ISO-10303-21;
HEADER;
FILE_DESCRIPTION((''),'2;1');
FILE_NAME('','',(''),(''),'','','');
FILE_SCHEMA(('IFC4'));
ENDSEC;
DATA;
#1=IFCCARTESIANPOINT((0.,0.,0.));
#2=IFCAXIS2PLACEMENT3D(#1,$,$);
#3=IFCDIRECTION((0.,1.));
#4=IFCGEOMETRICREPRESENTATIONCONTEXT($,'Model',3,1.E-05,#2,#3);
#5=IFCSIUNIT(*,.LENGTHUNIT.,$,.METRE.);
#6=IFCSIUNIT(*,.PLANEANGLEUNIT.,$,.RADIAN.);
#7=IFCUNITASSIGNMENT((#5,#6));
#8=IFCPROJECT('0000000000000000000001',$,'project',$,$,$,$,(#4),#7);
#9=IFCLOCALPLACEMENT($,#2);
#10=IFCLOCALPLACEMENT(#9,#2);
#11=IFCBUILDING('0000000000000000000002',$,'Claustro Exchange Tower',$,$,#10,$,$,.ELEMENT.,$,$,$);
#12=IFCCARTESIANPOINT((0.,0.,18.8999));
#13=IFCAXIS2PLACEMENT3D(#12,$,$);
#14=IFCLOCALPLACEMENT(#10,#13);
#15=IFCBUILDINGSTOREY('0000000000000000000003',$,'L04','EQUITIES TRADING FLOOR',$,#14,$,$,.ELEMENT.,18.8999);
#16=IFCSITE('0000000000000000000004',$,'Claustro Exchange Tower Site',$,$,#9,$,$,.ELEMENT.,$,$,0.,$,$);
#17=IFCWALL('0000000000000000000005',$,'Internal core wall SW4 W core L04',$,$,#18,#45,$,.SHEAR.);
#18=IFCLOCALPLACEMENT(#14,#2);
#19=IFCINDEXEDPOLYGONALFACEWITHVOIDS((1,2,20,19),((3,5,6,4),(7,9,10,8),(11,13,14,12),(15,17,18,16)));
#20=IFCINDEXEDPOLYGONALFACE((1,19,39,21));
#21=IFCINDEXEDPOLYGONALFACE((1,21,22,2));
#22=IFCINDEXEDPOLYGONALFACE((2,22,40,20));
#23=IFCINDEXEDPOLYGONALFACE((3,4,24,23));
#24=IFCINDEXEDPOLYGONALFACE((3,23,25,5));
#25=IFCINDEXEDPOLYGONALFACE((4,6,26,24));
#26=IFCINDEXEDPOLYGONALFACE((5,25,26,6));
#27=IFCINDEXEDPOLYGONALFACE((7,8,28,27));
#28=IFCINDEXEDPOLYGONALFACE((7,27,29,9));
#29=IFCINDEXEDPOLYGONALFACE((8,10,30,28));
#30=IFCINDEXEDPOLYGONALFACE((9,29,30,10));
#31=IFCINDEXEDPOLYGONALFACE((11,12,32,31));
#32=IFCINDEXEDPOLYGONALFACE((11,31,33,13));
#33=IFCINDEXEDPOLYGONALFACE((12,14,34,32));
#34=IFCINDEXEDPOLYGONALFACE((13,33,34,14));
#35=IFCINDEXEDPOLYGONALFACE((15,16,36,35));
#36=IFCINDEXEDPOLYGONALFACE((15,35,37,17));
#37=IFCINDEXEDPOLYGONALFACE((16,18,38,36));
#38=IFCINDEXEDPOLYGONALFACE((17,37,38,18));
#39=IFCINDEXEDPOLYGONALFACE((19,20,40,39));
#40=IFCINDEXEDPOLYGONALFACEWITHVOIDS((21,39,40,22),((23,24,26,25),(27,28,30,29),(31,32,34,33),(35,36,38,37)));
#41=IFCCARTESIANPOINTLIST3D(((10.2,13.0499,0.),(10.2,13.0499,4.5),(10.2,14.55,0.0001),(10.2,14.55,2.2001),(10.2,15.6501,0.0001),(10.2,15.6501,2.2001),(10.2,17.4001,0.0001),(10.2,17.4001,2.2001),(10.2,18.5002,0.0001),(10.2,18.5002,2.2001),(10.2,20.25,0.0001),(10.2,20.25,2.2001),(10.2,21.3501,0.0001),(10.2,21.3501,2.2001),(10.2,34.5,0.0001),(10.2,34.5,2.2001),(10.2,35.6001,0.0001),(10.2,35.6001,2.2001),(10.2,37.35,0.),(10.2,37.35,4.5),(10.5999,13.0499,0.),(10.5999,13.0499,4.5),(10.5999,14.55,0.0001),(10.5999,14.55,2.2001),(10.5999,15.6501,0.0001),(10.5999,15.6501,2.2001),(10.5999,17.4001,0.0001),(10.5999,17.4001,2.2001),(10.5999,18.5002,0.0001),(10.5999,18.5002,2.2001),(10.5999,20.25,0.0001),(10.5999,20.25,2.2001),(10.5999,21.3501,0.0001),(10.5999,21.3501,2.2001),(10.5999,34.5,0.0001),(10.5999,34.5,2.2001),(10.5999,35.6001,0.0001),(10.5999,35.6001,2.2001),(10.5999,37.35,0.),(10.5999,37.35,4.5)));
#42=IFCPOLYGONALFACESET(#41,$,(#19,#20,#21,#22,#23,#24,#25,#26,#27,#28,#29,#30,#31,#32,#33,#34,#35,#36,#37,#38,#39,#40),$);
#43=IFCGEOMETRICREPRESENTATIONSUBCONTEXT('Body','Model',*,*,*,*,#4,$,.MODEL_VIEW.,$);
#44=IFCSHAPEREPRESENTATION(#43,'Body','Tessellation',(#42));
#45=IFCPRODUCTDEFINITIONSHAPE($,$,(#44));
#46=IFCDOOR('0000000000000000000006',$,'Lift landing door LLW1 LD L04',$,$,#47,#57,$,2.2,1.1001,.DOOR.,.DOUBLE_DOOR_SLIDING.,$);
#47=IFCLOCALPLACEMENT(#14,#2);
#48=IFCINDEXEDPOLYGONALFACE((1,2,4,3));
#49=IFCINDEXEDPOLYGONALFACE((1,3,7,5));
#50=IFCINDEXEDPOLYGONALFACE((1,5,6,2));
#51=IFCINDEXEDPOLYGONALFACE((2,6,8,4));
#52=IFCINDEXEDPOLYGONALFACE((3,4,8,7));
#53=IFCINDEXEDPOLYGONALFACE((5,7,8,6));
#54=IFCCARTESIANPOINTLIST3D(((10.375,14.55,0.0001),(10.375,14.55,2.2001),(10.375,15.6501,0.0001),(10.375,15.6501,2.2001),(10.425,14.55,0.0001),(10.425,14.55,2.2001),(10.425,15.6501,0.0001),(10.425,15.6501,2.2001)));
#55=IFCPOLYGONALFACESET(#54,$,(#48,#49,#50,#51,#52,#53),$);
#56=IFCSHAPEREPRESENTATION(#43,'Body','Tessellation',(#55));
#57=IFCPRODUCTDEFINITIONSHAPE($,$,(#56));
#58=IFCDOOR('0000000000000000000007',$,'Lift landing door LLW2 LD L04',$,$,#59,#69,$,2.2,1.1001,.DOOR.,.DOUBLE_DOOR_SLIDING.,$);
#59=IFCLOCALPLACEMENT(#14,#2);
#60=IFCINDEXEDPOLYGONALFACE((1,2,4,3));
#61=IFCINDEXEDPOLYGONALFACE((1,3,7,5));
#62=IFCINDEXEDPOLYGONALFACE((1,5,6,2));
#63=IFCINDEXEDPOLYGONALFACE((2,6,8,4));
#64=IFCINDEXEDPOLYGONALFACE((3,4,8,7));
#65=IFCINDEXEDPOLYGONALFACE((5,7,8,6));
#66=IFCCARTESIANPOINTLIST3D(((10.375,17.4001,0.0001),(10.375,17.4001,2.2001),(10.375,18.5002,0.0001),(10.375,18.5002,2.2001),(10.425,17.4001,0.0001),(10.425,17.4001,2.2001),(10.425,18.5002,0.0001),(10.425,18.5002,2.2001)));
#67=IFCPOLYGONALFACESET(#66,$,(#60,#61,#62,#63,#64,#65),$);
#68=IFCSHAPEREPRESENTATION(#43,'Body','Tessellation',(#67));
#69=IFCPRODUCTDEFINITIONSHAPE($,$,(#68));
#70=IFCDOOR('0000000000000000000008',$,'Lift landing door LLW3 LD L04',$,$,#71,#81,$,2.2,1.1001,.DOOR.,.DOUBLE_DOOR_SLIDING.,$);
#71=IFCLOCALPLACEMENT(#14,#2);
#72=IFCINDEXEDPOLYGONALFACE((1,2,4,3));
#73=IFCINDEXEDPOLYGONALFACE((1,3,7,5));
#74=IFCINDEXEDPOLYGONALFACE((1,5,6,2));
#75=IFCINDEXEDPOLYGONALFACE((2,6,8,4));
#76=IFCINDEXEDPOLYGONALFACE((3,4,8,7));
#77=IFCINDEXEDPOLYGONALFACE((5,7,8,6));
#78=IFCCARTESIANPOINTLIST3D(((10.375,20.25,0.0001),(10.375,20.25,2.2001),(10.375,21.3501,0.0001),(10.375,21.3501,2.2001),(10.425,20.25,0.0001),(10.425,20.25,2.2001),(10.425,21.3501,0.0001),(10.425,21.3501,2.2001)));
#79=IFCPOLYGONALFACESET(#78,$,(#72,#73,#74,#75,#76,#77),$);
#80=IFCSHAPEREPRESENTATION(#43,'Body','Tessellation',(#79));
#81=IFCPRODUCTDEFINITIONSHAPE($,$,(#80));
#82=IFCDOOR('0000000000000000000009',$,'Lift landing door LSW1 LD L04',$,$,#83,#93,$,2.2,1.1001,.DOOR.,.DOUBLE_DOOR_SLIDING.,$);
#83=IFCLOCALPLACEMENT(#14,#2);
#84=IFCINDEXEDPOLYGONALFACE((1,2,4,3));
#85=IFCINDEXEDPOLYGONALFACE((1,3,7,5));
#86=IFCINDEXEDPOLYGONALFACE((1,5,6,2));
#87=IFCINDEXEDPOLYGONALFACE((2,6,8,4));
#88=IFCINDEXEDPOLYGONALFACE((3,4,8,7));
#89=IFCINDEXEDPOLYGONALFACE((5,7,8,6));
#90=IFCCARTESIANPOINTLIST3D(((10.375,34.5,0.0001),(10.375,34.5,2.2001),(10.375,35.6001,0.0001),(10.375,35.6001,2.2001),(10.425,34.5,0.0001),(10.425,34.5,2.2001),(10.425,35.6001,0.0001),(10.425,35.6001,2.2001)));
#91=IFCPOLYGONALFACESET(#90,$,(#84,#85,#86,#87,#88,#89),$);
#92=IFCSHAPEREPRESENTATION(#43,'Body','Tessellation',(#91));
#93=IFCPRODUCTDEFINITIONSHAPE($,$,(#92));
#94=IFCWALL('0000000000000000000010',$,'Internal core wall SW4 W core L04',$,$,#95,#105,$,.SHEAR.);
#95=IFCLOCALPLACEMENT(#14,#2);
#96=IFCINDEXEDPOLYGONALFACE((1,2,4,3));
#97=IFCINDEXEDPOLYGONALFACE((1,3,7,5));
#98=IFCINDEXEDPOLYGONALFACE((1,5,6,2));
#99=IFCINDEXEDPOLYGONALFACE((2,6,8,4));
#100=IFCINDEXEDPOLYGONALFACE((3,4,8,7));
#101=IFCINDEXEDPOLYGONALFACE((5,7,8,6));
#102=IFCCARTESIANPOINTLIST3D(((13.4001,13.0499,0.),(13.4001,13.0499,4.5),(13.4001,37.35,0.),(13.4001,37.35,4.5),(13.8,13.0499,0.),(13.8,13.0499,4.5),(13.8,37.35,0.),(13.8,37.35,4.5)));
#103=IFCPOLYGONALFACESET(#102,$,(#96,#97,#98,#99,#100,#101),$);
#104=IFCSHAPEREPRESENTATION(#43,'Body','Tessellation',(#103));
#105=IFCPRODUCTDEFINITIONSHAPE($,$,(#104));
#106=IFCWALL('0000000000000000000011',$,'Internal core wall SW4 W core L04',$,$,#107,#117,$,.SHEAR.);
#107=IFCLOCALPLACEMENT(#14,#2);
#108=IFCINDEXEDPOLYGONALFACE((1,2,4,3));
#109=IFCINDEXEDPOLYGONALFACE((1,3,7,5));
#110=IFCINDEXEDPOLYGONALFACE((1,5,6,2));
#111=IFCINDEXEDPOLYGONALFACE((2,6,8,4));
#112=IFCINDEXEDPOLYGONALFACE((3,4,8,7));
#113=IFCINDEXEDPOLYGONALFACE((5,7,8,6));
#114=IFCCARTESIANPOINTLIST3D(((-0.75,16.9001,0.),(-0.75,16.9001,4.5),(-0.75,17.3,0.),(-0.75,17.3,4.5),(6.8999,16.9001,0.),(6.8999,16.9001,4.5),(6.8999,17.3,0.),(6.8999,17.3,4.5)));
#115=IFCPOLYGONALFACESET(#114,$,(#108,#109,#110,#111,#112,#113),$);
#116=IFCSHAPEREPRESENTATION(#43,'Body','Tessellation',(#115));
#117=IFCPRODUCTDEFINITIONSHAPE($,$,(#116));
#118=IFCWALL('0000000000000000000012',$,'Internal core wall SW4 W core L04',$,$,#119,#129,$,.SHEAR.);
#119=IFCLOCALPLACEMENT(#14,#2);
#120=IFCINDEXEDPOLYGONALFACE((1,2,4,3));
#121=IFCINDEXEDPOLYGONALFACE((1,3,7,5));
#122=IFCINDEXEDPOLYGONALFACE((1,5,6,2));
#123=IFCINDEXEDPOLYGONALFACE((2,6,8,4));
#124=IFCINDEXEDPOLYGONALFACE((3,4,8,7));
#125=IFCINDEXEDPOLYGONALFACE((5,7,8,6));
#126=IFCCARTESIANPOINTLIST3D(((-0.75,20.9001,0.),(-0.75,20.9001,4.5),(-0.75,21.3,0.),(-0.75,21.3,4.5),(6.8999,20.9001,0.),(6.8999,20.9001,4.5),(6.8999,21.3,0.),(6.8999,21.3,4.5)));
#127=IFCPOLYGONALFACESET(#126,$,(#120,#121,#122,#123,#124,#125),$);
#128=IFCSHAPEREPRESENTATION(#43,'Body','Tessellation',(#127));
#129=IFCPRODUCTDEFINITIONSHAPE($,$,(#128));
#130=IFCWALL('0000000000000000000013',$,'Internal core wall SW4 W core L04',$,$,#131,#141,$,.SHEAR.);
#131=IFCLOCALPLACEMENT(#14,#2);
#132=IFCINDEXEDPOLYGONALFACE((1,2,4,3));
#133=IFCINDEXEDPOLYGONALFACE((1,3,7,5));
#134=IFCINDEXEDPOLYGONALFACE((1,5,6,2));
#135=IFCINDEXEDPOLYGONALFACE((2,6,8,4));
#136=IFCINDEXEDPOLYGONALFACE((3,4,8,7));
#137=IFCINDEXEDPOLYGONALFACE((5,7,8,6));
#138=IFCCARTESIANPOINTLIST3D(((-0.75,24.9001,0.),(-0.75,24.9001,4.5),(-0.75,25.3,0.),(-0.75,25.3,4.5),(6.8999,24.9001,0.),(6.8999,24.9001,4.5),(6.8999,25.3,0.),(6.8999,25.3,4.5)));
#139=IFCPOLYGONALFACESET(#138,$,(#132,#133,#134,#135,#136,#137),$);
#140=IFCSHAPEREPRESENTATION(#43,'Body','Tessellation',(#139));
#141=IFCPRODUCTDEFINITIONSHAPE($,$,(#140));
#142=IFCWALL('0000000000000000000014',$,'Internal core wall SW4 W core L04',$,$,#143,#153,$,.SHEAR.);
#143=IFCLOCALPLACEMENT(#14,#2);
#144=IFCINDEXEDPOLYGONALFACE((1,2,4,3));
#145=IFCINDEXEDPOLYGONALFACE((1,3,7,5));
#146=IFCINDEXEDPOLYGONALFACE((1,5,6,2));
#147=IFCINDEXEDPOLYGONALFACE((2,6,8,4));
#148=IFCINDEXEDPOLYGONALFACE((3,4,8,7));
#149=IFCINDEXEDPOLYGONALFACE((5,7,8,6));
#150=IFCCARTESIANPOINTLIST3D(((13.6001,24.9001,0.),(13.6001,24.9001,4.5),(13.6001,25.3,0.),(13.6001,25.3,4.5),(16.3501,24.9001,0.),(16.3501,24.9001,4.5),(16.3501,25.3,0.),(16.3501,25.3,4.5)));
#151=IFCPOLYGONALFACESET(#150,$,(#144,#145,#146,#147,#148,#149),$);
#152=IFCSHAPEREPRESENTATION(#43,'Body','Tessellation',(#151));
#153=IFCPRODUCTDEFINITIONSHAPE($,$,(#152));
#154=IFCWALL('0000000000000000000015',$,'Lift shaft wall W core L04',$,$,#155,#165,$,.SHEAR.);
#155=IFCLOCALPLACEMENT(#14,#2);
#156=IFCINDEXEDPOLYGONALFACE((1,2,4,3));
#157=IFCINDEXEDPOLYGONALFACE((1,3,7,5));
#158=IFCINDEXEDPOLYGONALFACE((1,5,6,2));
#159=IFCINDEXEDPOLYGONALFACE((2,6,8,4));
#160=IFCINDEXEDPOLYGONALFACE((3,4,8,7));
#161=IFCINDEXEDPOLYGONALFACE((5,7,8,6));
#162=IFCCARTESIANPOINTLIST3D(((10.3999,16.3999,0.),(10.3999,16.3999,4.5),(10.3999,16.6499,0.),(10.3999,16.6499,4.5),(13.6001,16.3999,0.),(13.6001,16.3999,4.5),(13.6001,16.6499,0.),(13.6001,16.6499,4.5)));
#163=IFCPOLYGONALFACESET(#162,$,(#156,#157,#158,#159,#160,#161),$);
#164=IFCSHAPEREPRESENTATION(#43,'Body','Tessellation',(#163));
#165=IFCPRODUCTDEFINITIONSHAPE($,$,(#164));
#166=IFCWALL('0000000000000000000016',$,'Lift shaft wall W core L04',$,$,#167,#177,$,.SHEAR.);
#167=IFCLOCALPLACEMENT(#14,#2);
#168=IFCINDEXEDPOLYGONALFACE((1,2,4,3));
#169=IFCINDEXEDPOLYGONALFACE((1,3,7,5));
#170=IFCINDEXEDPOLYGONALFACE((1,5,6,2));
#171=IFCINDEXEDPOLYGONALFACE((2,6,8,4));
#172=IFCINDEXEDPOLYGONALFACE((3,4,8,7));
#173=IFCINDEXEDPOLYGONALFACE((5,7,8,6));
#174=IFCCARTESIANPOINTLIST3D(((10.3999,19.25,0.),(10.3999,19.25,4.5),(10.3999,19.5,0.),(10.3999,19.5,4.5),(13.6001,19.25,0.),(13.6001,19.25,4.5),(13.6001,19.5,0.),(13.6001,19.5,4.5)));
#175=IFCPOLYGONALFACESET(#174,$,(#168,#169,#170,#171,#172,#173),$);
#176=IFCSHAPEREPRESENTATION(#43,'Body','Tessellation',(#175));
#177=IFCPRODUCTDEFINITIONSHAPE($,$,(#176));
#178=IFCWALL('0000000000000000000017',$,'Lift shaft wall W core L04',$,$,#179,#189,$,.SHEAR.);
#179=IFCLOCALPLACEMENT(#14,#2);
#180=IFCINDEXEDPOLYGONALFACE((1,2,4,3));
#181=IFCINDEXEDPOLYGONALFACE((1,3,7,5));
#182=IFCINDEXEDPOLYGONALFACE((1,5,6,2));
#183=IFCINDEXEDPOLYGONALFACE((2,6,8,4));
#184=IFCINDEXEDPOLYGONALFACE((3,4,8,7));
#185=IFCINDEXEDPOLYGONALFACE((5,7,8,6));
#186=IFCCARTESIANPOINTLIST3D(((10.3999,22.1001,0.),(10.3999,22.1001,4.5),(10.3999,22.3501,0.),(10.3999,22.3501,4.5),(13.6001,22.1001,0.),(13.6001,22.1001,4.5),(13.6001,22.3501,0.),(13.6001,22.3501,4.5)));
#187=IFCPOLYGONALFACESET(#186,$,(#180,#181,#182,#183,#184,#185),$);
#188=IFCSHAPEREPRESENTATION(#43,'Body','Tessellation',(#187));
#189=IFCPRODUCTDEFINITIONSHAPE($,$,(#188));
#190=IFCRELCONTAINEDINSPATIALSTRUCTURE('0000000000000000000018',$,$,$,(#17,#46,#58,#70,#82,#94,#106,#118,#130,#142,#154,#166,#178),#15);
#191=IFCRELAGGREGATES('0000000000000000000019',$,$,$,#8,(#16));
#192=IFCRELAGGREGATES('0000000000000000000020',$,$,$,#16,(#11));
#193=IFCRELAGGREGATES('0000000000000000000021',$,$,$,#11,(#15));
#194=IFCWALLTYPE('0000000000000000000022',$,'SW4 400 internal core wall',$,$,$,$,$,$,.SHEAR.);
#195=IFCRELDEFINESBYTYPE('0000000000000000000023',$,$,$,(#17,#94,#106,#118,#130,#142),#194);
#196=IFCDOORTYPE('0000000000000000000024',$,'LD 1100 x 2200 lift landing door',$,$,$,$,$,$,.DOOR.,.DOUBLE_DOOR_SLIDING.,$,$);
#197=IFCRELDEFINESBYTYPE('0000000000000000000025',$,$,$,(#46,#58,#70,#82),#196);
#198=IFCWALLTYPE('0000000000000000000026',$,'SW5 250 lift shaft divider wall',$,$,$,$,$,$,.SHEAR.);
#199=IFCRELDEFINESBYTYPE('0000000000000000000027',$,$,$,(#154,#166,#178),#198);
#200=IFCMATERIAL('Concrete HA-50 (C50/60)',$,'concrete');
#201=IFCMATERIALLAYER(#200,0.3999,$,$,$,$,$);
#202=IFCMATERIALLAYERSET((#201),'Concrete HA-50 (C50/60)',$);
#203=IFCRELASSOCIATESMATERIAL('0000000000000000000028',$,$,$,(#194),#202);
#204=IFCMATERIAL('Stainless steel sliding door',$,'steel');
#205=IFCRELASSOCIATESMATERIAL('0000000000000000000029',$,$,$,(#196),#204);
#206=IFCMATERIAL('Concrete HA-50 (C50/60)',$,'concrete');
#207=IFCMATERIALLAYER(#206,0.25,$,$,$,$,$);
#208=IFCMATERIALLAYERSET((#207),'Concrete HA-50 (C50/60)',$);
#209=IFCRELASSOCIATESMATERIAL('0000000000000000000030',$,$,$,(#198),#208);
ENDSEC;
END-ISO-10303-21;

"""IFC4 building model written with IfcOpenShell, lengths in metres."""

from ifc_helpers import new_model, si_unit, direction, frame, frame_2d, origin, place, context, subcontext, project, spatial, rectangle, extrude, material, layer, layer_set, type_object, element, fill, save


model = new_model("IFC4")

# Units and contexts
model_context = context("Model", 3, precision=1e-05, world=origin(), true_north=direction((0.0, 1.0)))
body_context = subcontext(model_context, "Body", "Model", "MODEL_VIEW")
ifc_project = project(units=[si_unit("LENGTHUNIT", "METRE"), si_unit("PLANEANGLEUNIT", "RADIAN")], contexts=[model_context])

# Site, building, storey
site_placement = place(None, origin())
site = spatial("IfcSite", under=ifc_project, at=site_placement, Name="Claustro Exchange Tower Site", CompositionType="ELEMENT", RefElevation=0.0)
building_placement = place(site_placement, origin())
building = spatial("IfcBuilding", under=site, at=building_placement, Name="Claustro Exchange Tower", CompositionType="ELEMENT")
storey_placement = place(building_placement, frame((0.0, 0.0, 18.8999)))
storey = spatial("IfcBuildingStorey", under=building, at=storey_placement, Name="L04", Description="EQUITIES TRADING FLOOR", CompositionType="ELEMENT", Elevation=18.8999)

# Wall, openings, doors
ifc_material_1 = material(Name="Concrete HA-50 (C50/60)", Category="concrete")
ifc_layer_1 = layer(ifc_material_1, 0.3999)
ifc_layer_set_1 = layer_set([ifc_layer_1], Name="Concrete HA-50 (C50/60)")
wall_type_1 = type_object("IfcWallType", Name="SW4 400 internal core wall", PredefinedType="SHEAR", material=ifc_layer_set_1)
wall_1_placement = place(storey_placement, frame((10.3999, 13.05, 0.0), z_axis=(0.0, 0.0, 1.0), x_axis=(0.0, 1.0, 0.0)))
wall_1 = element("IfcWall", 1, at=wall_1_placement, inside=storey, type_object=wall_type_1, Name="Internal core wall SW4 W core L04", PredefinedType="SHEAR", context=body_context, shape_type="SweptSolid", body=[
    extrude(rectangle(XDim=24.3, YDim=0.3999, at=frame_2d((12.1499, 0.0))), origin(), (0.0, 0.0, 1.0), 4.5),
])
opening_1_placement = place(wall_1_placement, frame((1.5, 0.0, 0.0)))
opening_1 = element("IfcOpeningElement", 2, at=opening_1_placement, cuts=wall_1, PredefinedType="OPENING", context=body_context, shape_type="SweptSolid", body=[
    extrude(rectangle(XDim=1.1001, YDim=2.2, at=frame_2d((0.55, 1.1001))), frame((0.0, 0.21, 0.0), z_axis=(0.0, -1.0, 0.0), x_axis=(1.0, 0.0, 0.0)), (0.0, 0.0, 1.0), 0.4199),
])
opening_2_placement = place(wall_1_placement, frame((4.3501, 0.0, 0.0)))
opening_2 = element("IfcOpeningElement", 3, at=opening_2_placement, cuts=wall_1, PredefinedType="OPENING", context=body_context, shape_type="SweptSolid", body=[
    extrude(rectangle(XDim=1.1001, YDim=2.2, at=frame_2d((0.55, 1.1001))), frame((0.0, 0.21, 0.0), z_axis=(0.0, -1.0, 0.0), x_axis=(1.0, 0.0, 0.0)), (0.0, 0.0, 1.0), 0.4199),
])
opening_3_placement = place(wall_1_placement, frame((7.2, 0.0, 0.0)))
opening_3 = element("IfcOpeningElement", 4, at=opening_3_placement, cuts=wall_1, PredefinedType="OPENING", context=body_context, shape_type="SweptSolid", body=[
    extrude(rectangle(XDim=1.1001, YDim=2.2, at=frame_2d((0.55, 1.1001))), frame((0.0, 0.21, 0.0), z_axis=(0.0, -1.0, 0.0), x_axis=(1.0, 0.0, 0.0)), (0.0, 0.0, 1.0), 0.4199),
])
opening_4_placement = place(wall_1_placement, frame((21.45, 0.0, 0.0)))
opening_4 = element("IfcOpeningElement", 5, at=opening_4_placement, cuts=wall_1, PredefinedType="OPENING", context=body_context, shape_type="SweptSolid", body=[
    extrude(rectangle(XDim=1.1001, YDim=2.2, at=frame_2d((0.55, 1.1001))), frame((0.0, 0.21, 0.0), z_axis=(0.0, -1.0, 0.0), x_axis=(1.0, 0.0, 0.0)), (0.0, 0.0, 1.0), 0.4199),
])
ifc_material_2 = material(Name="Stainless steel sliding door", Category="steel")
door_type_1 = type_object("IfcDoorType", Name="LD 1100 x 2200 lift landing door", OperationType="DOUBLE_DOOR_SLIDING", PredefinedType="DOOR", material=ifc_material_2)
door_1_placement = place(opening_1_placement, origin())
door_1 = element("IfcDoor", 6, at=door_1_placement, inside=storey, type_object=door_type_1, Name="Lift landing door LLW1 LD L04", OperationType="DOUBLE_DOOR_SLIDING", OverallHeight=2.2, OverallWidth=1.1001, PredefinedType="DOOR", context=body_context, shape_type="SweptSolid", body=[
    extrude(rectangle(XDim=1.1001, YDim=2.2, at=frame_2d((0.55, 1.1001))), frame((0.0, 0.0249, 0.0), z_axis=(0.0, -1.0, 0.0), x_axis=(1.0, 0.0, 0.0)), (0.0, 0.0, 1.0), 0.05),
])
fill(opening_1, door_1)
door_2_placement = place(opening_2_placement, origin())
door_2 = element("IfcDoor", 7, at=door_2_placement, inside=storey, type_object=door_type_1, Name="Lift landing door LLW2 LD L04", OperationType="DOUBLE_DOOR_SLIDING", OverallHeight=2.2, OverallWidth=1.1001, PredefinedType="DOOR", context=body_context, shape_type="SweptSolid", body=[
    extrude(rectangle(XDim=1.1001, YDim=2.2, at=frame_2d((0.55, 1.1001))), frame((0.0, 0.0249, 0.0), z_axis=(0.0, -1.0, 0.0), x_axis=(1.0, 0.0, 0.0)), (0.0, 0.0, 1.0), 0.05),
])
fill(opening_2, door_2)
door_3_placement = place(opening_3_placement, origin())
door_3 = element("IfcDoor", 8, at=door_3_placement, inside=storey, type_object=door_type_1, Name="Lift landing door LLW3 LD L04", OperationType="DOUBLE_DOOR_SLIDING", OverallHeight=2.2, OverallWidth=1.1001, PredefinedType="DOOR", context=body_context, shape_type="SweptSolid", body=[
    extrude(rectangle(XDim=1.1001, YDim=2.2, at=frame_2d((0.55, 1.1001))), frame((0.0, 0.0249, 0.0), z_axis=(0.0, -1.0, 0.0), x_axis=(1.0, 0.0, 0.0)), (0.0, 0.0, 1.0), 0.05),
])
fill(opening_3, door_3)
door_4_placement = place(opening_4_placement, origin())
door_4 = element("IfcDoor", 9, at=door_4_placement, inside=storey, type_object=door_type_1, Name="Lift landing door LSW1 LD L04", OperationType="DOUBLE_DOOR_SLIDING", OverallHeight=2.2, OverallWidth=1.1001, PredefinedType="DOOR", context=body_context, shape_type="SweptSolid", body=[
    extrude(rectangle(XDim=1.1001, YDim=2.2, at=frame_2d((0.55, 1.1001))), frame((0.0, 0.0249, 0.0), z_axis=(0.0, -1.0, 0.0), x_axis=(1.0, 0.0, 0.0)), (0.0, 0.0, 1.0), 0.05),
])
fill(opening_4, door_4)

# Walls
wall_2_placement = place(storey_placement, frame((13.6001, 13.05, 0.0), z_axis=(0.0, 0.0, 1.0), x_axis=(0.0, 1.0, 0.0)))
element("IfcWall", 10, at=wall_2_placement, inside=storey, type_object=wall_type_1, Name="Internal core wall SW4 W core L04", PredefinedType="SHEAR", context=body_context, shape_type="SweptSolid", body=[
    extrude(rectangle(XDim=24.3, YDim=0.3999, at=frame_2d((12.1499, 0.0))), origin(), (0.0, 0.0, 1.0), 4.5),
])
for number, where, z_axis, x_axis, name in (
    (11, (-0.75, 17.1001, 0.0), (0.0, 0.0, 1.0), (1.0, 0.0, 0.0), "Internal core wall SW4 W core L04"),
    (12, (-0.75, 21.1001, 0.0), (0.0, 0.0, 1.0), (1.0, 0.0, 0.0), "Internal core wall SW4 W core L04"),
    (13, (-0.75, 25.1001, 0.0), (0.0, 0.0, 1.0), (1.0, 0.0, 0.0), "Internal core wall SW4 W core L04"),
):
    element("IfcWall", number, at=place(storey_placement, frame(where, z_axis=z_axis, x_axis=x_axis)), inside=storey, type_object=wall_type_1, Name=name, PredefinedType="SHEAR", context=body_context, shape_type="SweptSolid", body=[
        extrude(rectangle(XDim=7.6499, YDim=0.3999, at=frame_2d((3.825, 0.0))), origin(), (0.0, 0.0, 1.0), 4.5),
    ])
wall_3_placement = place(storey_placement, frame((13.6001, 25.1001, 0.0), z_axis=(0.0, 0.0, 1.0), x_axis=(1.0, 0.0, 0.0)))
element("IfcWall", 14, at=wall_3_placement, inside=storey, type_object=wall_type_1, Name="Internal core wall SW4 W core L04", PredefinedType="SHEAR", context=body_context, shape_type="SweptSolid", body=[
    extrude(rectangle(XDim=2.75, YDim=0.3999, at=frame_2d((1.375, 0.0))), origin(), (0.0, 0.0, 1.0), 4.5),
])
ifc_material_3 = material(Name="Concrete HA-50 (C50/60)", Category="concrete")
ifc_layer_2 = layer(ifc_material_3, 0.25)
ifc_layer_set_2 = layer_set([ifc_layer_2], Name="Concrete HA-50 (C50/60)")
wall_type_2 = type_object("IfcWallType", Name="SW5 250 lift shaft divider wall", PredefinedType="SHEAR", material=ifc_layer_set_2)
for number, where, z_axis, x_axis, name in (
    (15, (10.3999, 16.5249, 0.0), (0.0, 0.0, 1.0), (1.0, 0.0, 0.0), "Lift shaft wall W core L04"),
    (16, (10.3999, 19.375, 0.0), (0.0, 0.0, 1.0), (1.0, 0.0, 0.0), "Lift shaft wall W core L04"),
    (17, (10.3999, 22.2251, 0.0), (0.0, 0.0, 1.0), (1.0, 0.0, 0.0), "Lift shaft wall W core L04"),
):
    element("IfcWall", number, at=place(storey_placement, frame(where, z_axis=z_axis, x_axis=x_axis)), inside=storey, type_object=wall_type_2, Name=name, PredefinedType="SHEAR", context=body_context, shape_type="SweptSolid", body=[
        extrude(rectangle(XDim=3.2002, YDim=0.25, at=frame_2d((1.6001, 0.0))), origin(), (0.0, 0.0, 1.0), 4.5),
    ])

save(model, "model.ifc")
